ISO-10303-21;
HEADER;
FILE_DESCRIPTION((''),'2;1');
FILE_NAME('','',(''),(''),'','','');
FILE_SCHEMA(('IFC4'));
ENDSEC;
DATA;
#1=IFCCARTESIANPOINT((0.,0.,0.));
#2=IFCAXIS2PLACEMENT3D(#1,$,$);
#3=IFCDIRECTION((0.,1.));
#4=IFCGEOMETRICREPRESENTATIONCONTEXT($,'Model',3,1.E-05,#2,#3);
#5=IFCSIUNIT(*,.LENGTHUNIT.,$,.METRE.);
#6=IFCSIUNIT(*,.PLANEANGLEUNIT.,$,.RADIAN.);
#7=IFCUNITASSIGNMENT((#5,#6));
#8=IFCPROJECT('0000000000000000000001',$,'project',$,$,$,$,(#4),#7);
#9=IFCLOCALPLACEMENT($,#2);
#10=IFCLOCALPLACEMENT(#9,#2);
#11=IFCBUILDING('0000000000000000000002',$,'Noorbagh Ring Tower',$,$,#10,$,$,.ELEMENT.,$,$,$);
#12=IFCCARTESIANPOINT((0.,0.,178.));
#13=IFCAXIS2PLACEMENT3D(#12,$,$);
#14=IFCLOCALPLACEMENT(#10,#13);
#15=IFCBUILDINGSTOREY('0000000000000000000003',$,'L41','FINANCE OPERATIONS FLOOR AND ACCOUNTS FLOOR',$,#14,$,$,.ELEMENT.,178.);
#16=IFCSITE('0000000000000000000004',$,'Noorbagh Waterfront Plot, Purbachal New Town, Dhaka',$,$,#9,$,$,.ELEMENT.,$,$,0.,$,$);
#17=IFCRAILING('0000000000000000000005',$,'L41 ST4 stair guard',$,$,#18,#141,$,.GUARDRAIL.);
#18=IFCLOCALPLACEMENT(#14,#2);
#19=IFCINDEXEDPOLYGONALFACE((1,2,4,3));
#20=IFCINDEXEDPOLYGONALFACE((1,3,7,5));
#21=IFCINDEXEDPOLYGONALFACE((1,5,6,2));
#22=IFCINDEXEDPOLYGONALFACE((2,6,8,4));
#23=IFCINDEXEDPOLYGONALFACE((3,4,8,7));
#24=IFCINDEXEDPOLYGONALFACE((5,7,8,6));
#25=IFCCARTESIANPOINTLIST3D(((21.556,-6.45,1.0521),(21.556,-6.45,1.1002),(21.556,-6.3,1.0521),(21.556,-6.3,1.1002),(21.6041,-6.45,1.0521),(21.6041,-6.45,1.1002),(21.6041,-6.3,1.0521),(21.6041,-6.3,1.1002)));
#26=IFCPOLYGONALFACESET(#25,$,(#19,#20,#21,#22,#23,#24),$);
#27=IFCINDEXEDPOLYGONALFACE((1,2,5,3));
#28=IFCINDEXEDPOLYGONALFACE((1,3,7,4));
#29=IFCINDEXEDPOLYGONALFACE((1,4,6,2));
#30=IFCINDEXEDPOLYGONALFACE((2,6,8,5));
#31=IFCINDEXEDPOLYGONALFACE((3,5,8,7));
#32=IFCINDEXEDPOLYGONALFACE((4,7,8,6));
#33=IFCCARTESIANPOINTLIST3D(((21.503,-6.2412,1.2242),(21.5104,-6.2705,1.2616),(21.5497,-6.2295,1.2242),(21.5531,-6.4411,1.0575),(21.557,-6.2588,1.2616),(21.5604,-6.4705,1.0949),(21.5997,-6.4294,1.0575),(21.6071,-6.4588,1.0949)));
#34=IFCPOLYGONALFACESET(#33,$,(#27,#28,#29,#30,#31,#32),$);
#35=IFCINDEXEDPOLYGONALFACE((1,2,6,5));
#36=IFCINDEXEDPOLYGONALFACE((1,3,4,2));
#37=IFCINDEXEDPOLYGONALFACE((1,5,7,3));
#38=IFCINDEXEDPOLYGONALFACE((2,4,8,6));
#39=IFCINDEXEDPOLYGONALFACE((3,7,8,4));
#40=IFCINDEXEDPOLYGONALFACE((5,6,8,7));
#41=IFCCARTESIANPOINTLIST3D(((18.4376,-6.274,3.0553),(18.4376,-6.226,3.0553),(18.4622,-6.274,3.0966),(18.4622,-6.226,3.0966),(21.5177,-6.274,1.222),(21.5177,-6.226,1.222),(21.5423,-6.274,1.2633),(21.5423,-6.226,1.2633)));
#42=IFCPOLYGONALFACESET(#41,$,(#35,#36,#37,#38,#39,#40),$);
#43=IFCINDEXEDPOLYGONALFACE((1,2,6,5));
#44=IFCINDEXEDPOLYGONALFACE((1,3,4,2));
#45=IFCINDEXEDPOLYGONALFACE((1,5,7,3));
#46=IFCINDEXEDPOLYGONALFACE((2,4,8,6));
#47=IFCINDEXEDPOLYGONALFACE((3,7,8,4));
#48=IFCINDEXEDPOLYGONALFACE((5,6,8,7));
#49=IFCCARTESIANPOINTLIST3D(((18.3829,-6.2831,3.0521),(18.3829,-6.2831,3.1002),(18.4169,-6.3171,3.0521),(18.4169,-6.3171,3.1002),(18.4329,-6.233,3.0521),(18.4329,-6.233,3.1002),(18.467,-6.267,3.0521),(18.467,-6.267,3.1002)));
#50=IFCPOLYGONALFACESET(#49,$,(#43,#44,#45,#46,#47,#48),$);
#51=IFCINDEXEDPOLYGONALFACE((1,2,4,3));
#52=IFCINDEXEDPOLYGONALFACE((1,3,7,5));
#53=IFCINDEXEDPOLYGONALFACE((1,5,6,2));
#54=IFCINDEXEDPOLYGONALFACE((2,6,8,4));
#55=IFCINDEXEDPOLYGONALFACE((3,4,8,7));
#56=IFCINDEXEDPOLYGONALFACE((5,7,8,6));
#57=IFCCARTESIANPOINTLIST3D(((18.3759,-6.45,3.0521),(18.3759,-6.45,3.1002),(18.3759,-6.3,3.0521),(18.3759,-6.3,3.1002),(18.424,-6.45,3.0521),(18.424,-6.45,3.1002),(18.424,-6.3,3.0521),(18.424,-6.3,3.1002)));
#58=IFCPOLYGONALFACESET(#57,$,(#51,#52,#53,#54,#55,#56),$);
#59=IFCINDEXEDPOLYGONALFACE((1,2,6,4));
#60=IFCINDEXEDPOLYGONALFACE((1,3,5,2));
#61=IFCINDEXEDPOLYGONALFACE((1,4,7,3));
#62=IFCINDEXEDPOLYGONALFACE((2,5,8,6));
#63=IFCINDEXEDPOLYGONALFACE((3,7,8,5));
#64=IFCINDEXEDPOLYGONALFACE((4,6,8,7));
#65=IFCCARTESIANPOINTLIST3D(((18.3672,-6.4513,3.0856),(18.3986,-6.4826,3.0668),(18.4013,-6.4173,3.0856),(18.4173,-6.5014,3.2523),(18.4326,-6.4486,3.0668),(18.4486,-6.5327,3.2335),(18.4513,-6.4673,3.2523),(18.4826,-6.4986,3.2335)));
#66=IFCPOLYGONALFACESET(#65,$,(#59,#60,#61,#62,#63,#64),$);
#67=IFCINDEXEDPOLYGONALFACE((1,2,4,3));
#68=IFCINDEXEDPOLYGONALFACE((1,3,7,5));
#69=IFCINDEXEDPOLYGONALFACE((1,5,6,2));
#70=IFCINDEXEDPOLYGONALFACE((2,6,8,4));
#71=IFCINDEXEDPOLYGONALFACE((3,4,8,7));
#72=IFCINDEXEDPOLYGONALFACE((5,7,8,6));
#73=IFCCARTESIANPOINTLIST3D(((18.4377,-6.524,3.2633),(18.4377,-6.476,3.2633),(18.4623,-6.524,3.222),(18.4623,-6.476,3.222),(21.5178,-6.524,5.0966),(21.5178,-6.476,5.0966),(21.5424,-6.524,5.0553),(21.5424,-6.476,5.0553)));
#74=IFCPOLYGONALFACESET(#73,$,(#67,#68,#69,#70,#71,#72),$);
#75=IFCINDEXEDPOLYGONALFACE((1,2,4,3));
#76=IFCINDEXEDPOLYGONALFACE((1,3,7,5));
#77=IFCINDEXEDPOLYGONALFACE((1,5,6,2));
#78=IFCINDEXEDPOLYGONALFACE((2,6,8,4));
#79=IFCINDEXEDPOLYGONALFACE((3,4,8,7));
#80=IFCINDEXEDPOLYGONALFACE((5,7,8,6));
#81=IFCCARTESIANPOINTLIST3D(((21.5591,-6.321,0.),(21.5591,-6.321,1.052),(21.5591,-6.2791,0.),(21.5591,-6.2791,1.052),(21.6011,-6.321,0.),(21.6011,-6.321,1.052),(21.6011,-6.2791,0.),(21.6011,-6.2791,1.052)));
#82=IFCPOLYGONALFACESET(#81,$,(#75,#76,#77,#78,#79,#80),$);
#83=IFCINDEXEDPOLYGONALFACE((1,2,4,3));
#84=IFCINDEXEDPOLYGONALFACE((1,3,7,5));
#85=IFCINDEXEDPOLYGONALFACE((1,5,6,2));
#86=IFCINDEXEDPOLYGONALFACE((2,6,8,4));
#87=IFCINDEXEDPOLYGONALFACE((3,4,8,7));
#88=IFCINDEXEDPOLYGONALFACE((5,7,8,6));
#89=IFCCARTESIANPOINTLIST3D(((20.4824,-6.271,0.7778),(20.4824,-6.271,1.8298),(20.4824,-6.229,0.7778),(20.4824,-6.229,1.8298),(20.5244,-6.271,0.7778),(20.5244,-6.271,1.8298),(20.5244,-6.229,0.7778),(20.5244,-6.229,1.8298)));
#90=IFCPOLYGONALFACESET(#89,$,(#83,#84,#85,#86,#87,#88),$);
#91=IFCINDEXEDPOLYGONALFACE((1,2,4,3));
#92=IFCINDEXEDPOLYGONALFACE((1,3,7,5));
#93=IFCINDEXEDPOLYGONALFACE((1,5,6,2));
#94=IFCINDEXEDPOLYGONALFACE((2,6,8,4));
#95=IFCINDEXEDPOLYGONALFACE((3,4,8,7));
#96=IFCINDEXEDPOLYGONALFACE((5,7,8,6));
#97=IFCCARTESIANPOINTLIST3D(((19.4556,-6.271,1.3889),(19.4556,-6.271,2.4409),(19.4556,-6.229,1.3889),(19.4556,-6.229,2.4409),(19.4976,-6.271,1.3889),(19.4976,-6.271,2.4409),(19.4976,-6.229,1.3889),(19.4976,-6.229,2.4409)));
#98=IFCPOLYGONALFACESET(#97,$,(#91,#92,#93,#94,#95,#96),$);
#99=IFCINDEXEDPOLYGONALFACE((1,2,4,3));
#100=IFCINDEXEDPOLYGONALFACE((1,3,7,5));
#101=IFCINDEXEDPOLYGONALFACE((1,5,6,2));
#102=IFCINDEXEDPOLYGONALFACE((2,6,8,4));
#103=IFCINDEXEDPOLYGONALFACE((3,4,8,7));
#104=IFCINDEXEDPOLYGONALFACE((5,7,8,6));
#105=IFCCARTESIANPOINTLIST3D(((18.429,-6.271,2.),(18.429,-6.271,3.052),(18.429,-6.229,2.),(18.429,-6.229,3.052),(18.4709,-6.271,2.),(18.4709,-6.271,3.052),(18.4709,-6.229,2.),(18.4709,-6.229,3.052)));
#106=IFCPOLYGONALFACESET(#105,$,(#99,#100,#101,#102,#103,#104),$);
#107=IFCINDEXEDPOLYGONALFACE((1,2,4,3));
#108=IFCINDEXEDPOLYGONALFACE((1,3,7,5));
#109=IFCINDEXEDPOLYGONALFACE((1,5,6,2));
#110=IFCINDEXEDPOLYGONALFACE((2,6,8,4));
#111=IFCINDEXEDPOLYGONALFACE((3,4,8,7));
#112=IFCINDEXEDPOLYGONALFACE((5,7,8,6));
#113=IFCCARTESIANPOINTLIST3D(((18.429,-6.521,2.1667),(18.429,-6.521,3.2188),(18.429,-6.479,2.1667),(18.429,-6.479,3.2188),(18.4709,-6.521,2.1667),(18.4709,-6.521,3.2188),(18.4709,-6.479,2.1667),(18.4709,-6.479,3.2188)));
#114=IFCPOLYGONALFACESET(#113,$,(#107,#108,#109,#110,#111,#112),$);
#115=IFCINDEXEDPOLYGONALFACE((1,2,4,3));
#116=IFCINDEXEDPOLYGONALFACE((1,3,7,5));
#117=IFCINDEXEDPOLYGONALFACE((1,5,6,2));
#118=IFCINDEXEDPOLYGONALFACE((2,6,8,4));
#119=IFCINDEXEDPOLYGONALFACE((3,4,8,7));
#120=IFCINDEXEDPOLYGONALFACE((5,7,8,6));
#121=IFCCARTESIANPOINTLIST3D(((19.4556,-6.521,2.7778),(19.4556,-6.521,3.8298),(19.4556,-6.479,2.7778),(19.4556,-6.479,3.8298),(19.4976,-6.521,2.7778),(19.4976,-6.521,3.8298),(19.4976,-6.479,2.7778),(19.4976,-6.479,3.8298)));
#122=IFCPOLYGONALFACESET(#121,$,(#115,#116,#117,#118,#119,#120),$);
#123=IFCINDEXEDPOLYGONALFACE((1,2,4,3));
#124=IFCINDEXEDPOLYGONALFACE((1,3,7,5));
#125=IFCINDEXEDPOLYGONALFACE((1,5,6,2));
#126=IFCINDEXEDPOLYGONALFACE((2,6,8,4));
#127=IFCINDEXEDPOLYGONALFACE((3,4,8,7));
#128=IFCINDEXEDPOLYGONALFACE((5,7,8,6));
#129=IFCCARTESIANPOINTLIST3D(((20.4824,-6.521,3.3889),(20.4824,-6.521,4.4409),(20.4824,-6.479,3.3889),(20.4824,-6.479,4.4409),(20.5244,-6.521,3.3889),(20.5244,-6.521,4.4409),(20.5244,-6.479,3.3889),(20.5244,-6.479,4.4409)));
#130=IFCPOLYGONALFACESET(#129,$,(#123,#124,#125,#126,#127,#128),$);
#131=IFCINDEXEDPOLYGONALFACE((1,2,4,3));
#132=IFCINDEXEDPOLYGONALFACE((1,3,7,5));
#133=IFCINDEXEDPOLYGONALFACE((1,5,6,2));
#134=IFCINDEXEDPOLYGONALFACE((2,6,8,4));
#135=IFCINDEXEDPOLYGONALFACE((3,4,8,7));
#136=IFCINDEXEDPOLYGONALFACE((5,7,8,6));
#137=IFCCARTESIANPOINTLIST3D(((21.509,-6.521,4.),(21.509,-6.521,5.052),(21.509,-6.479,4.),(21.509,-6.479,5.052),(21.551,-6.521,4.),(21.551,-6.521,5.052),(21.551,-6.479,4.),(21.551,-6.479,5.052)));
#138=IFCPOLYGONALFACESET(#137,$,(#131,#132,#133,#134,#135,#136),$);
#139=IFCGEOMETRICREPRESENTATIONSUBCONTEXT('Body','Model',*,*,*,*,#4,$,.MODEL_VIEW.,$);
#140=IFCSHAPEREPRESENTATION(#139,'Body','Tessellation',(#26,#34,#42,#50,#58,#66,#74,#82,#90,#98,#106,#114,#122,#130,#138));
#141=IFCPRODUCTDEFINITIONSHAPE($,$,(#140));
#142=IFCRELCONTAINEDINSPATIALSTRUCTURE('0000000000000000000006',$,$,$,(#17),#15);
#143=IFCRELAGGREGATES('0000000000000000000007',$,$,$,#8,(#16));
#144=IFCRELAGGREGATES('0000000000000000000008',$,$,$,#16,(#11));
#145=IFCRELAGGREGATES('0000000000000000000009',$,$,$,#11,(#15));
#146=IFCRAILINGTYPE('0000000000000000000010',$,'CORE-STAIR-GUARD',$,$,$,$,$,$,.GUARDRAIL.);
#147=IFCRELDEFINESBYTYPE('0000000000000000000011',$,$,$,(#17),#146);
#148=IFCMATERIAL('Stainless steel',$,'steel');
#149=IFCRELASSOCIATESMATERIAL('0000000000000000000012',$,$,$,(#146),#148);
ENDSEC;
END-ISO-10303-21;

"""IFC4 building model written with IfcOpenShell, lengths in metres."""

from ifc_helpers import new_model, si_unit, direction, frame, origin, origin_2d, place, context, subcontext, project, spatial, rectangle, extrude, material, type_object, element, save


model = new_model("IFC4")

# Units and contexts
model_context = context("Model", 3, precision=1e-05, world=origin(), true_north=direction((0.0, 1.0)))
body_context = subcontext(model_context, "Body", "Model", "MODEL_VIEW")
ifc_project = project(units=[si_unit("LENGTHUNIT", "METRE"), si_unit("PLANEANGLEUNIT", "RADIAN")], contexts=[model_context])

# Site, building, storey
site_placement = place(None, origin())
site = spatial("IfcSite", under=ifc_project, at=site_placement, Name="Noorbagh Waterfront Plot, Purbachal New Town, Dhaka", CompositionType="ELEMENT", RefElevation=0.0)
building_placement = place(site_placement, origin())
building = spatial("IfcBuilding", under=site, at=building_placement, Name="Noorbagh Ring Tower", CompositionType="ELEMENT")
storey_placement = place(building_placement, frame((0.0, 0.0, 178.0)))
storey = spatial("IfcBuildingStorey", under=building, at=storey_placement, Name="L41", Description="FINANCE OPERATIONS FLOOR AND ACCOUNTS FLOOR", CompositionType="ELEMENT", Elevation=178.0)

# Railing
ifc_material_1 = material(Name="Stainless steel", Category="steel")
railing_type_1 = type_object("IfcRailingType", Name="CORE-STAIR-GUARD", PredefinedType="GUARDRAIL", material=ifc_material_1)
railing_1_placement = place(storey_placement, frame((21.5801, -6.3, 0.0)))
element("IfcRailing", 1, at=railing_1_placement, inside=storey, type_object=railing_type_1, Name="L41 ST4 stair guard", PredefinedType="GUARDRAIL", context=body_context, shape_type="SweptSolid", body=[
    extrude(rectangle(XDim=0.0481, YDim=0.0481, at=origin_2d()), frame((0.0, 0.0, 1.0762), z_axis=(0.0, -1.0, 0.0), x_axis=(1.0, 0.0, 0.0)), (0.0, 0.0, 1.0), 0.1499),
    extrude(rectangle(XDim=0.0481, YDim=0.0481, at=origin_2d()), frame((0.0, -0.1499, 1.0762), z_axis=(-0.188776, 0.754182, 0.628946), x_axis=(-0.970073, -0.242814, 0.0)), (0.0, 0.0, 1.0), 0.2651),
    extrude(rectangle(XDim=0.0481, YDim=0.0481, at=origin_2d()), frame((-0.05, 0.05, 1.2427), z_axis=(-0.859309, 0.0, 0.511458), x_axis=(0.0, -1.0, 0.0)), (0.0, 0.0, 1.0), 3.5845),
    extrude(rectangle(XDim=0.0481, YDim=0.0481, at=origin_2d()), frame((-3.1301, 0.05, 3.0762), z_axis=(-0.707107, -0.707107, 0.0), x_axis=(0.707107, -0.707107, 0.0)), (0.0, 0.0, 1.0), 0.0708),
    extrude(rectangle(XDim=0.0481, YDim=0.0481, at=origin_2d()), frame((-3.1802, 0.0, 3.0762), z_axis=(0.0, -1.0, 0.0), x_axis=(1.0, 0.0, 0.0)), (0.0, 0.0, 1.0), 0.1499),
    extrude(rectangle(XDim=0.0481, YDim=0.0481, at=origin_2d()), frame((-3.1802, -0.1499, 3.0762), z_axis=(0.276287, -0.276287, 0.920506), x_axis=(0.707107, 0.707107, 0.0)), (0.0, 0.0, 1.0), 0.1812),
    extrude(rectangle(XDim=0.0481, YDim=0.0481, at=origin_2d()), frame((-3.1301, -0.2, 3.2427), z_axis=(0.859309, 0.0, 0.511458), x_axis=(0.0, 1.0, 0.0)), (0.0, 0.0, 1.0), 3.5845),
    extrude(rectangle(XDim=0.042, YDim=0.042, at=origin_2d()), origin(), (0.0, 0.0, 1.0), 1.052),
    extrude(rectangle(XDim=0.042, YDim=0.042, at=origin_2d()), frame((-1.0767, 0.05, 0.7778)), (0.0, 0.0, 1.0), 1.052),
    extrude(rectangle(XDim=0.042, YDim=0.042, at=origin_2d()), frame((-2.1035, 0.05, 1.3889)), (0.0, 0.0, 1.0), 1.052),
    extrude(rectangle(XDim=0.042, YDim=0.042, at=origin_2d()), frame((-3.1301, 0.05, 2.0)), (0.0, 0.0, 1.0), 1.052),
    extrude(rectangle(XDim=0.042, YDim=0.042, at=origin_2d()), frame((-3.1301, -0.2, 2.1667)), (0.0, 0.0, 1.0), 1.052),
    extrude(rectangle(XDim=0.042, YDim=0.042, at=origin_2d()), frame((-2.1035, -0.2, 2.7778)), (0.0, 0.0, 1.0), 1.052),
    extrude(rectangle(XDim=0.042, YDim=0.042, at=origin_2d()), frame((-1.0767, -0.2, 3.3889)), (0.0, 0.0, 1.0), 1.052),
    extrude(rectangle(XDim=0.042, YDim=0.042, at=origin_2d()), frame((-0.05, -0.2, 4.0)), (0.0, 0.0, 1.0), 1.052),
])

save(model, "model.ifc")
